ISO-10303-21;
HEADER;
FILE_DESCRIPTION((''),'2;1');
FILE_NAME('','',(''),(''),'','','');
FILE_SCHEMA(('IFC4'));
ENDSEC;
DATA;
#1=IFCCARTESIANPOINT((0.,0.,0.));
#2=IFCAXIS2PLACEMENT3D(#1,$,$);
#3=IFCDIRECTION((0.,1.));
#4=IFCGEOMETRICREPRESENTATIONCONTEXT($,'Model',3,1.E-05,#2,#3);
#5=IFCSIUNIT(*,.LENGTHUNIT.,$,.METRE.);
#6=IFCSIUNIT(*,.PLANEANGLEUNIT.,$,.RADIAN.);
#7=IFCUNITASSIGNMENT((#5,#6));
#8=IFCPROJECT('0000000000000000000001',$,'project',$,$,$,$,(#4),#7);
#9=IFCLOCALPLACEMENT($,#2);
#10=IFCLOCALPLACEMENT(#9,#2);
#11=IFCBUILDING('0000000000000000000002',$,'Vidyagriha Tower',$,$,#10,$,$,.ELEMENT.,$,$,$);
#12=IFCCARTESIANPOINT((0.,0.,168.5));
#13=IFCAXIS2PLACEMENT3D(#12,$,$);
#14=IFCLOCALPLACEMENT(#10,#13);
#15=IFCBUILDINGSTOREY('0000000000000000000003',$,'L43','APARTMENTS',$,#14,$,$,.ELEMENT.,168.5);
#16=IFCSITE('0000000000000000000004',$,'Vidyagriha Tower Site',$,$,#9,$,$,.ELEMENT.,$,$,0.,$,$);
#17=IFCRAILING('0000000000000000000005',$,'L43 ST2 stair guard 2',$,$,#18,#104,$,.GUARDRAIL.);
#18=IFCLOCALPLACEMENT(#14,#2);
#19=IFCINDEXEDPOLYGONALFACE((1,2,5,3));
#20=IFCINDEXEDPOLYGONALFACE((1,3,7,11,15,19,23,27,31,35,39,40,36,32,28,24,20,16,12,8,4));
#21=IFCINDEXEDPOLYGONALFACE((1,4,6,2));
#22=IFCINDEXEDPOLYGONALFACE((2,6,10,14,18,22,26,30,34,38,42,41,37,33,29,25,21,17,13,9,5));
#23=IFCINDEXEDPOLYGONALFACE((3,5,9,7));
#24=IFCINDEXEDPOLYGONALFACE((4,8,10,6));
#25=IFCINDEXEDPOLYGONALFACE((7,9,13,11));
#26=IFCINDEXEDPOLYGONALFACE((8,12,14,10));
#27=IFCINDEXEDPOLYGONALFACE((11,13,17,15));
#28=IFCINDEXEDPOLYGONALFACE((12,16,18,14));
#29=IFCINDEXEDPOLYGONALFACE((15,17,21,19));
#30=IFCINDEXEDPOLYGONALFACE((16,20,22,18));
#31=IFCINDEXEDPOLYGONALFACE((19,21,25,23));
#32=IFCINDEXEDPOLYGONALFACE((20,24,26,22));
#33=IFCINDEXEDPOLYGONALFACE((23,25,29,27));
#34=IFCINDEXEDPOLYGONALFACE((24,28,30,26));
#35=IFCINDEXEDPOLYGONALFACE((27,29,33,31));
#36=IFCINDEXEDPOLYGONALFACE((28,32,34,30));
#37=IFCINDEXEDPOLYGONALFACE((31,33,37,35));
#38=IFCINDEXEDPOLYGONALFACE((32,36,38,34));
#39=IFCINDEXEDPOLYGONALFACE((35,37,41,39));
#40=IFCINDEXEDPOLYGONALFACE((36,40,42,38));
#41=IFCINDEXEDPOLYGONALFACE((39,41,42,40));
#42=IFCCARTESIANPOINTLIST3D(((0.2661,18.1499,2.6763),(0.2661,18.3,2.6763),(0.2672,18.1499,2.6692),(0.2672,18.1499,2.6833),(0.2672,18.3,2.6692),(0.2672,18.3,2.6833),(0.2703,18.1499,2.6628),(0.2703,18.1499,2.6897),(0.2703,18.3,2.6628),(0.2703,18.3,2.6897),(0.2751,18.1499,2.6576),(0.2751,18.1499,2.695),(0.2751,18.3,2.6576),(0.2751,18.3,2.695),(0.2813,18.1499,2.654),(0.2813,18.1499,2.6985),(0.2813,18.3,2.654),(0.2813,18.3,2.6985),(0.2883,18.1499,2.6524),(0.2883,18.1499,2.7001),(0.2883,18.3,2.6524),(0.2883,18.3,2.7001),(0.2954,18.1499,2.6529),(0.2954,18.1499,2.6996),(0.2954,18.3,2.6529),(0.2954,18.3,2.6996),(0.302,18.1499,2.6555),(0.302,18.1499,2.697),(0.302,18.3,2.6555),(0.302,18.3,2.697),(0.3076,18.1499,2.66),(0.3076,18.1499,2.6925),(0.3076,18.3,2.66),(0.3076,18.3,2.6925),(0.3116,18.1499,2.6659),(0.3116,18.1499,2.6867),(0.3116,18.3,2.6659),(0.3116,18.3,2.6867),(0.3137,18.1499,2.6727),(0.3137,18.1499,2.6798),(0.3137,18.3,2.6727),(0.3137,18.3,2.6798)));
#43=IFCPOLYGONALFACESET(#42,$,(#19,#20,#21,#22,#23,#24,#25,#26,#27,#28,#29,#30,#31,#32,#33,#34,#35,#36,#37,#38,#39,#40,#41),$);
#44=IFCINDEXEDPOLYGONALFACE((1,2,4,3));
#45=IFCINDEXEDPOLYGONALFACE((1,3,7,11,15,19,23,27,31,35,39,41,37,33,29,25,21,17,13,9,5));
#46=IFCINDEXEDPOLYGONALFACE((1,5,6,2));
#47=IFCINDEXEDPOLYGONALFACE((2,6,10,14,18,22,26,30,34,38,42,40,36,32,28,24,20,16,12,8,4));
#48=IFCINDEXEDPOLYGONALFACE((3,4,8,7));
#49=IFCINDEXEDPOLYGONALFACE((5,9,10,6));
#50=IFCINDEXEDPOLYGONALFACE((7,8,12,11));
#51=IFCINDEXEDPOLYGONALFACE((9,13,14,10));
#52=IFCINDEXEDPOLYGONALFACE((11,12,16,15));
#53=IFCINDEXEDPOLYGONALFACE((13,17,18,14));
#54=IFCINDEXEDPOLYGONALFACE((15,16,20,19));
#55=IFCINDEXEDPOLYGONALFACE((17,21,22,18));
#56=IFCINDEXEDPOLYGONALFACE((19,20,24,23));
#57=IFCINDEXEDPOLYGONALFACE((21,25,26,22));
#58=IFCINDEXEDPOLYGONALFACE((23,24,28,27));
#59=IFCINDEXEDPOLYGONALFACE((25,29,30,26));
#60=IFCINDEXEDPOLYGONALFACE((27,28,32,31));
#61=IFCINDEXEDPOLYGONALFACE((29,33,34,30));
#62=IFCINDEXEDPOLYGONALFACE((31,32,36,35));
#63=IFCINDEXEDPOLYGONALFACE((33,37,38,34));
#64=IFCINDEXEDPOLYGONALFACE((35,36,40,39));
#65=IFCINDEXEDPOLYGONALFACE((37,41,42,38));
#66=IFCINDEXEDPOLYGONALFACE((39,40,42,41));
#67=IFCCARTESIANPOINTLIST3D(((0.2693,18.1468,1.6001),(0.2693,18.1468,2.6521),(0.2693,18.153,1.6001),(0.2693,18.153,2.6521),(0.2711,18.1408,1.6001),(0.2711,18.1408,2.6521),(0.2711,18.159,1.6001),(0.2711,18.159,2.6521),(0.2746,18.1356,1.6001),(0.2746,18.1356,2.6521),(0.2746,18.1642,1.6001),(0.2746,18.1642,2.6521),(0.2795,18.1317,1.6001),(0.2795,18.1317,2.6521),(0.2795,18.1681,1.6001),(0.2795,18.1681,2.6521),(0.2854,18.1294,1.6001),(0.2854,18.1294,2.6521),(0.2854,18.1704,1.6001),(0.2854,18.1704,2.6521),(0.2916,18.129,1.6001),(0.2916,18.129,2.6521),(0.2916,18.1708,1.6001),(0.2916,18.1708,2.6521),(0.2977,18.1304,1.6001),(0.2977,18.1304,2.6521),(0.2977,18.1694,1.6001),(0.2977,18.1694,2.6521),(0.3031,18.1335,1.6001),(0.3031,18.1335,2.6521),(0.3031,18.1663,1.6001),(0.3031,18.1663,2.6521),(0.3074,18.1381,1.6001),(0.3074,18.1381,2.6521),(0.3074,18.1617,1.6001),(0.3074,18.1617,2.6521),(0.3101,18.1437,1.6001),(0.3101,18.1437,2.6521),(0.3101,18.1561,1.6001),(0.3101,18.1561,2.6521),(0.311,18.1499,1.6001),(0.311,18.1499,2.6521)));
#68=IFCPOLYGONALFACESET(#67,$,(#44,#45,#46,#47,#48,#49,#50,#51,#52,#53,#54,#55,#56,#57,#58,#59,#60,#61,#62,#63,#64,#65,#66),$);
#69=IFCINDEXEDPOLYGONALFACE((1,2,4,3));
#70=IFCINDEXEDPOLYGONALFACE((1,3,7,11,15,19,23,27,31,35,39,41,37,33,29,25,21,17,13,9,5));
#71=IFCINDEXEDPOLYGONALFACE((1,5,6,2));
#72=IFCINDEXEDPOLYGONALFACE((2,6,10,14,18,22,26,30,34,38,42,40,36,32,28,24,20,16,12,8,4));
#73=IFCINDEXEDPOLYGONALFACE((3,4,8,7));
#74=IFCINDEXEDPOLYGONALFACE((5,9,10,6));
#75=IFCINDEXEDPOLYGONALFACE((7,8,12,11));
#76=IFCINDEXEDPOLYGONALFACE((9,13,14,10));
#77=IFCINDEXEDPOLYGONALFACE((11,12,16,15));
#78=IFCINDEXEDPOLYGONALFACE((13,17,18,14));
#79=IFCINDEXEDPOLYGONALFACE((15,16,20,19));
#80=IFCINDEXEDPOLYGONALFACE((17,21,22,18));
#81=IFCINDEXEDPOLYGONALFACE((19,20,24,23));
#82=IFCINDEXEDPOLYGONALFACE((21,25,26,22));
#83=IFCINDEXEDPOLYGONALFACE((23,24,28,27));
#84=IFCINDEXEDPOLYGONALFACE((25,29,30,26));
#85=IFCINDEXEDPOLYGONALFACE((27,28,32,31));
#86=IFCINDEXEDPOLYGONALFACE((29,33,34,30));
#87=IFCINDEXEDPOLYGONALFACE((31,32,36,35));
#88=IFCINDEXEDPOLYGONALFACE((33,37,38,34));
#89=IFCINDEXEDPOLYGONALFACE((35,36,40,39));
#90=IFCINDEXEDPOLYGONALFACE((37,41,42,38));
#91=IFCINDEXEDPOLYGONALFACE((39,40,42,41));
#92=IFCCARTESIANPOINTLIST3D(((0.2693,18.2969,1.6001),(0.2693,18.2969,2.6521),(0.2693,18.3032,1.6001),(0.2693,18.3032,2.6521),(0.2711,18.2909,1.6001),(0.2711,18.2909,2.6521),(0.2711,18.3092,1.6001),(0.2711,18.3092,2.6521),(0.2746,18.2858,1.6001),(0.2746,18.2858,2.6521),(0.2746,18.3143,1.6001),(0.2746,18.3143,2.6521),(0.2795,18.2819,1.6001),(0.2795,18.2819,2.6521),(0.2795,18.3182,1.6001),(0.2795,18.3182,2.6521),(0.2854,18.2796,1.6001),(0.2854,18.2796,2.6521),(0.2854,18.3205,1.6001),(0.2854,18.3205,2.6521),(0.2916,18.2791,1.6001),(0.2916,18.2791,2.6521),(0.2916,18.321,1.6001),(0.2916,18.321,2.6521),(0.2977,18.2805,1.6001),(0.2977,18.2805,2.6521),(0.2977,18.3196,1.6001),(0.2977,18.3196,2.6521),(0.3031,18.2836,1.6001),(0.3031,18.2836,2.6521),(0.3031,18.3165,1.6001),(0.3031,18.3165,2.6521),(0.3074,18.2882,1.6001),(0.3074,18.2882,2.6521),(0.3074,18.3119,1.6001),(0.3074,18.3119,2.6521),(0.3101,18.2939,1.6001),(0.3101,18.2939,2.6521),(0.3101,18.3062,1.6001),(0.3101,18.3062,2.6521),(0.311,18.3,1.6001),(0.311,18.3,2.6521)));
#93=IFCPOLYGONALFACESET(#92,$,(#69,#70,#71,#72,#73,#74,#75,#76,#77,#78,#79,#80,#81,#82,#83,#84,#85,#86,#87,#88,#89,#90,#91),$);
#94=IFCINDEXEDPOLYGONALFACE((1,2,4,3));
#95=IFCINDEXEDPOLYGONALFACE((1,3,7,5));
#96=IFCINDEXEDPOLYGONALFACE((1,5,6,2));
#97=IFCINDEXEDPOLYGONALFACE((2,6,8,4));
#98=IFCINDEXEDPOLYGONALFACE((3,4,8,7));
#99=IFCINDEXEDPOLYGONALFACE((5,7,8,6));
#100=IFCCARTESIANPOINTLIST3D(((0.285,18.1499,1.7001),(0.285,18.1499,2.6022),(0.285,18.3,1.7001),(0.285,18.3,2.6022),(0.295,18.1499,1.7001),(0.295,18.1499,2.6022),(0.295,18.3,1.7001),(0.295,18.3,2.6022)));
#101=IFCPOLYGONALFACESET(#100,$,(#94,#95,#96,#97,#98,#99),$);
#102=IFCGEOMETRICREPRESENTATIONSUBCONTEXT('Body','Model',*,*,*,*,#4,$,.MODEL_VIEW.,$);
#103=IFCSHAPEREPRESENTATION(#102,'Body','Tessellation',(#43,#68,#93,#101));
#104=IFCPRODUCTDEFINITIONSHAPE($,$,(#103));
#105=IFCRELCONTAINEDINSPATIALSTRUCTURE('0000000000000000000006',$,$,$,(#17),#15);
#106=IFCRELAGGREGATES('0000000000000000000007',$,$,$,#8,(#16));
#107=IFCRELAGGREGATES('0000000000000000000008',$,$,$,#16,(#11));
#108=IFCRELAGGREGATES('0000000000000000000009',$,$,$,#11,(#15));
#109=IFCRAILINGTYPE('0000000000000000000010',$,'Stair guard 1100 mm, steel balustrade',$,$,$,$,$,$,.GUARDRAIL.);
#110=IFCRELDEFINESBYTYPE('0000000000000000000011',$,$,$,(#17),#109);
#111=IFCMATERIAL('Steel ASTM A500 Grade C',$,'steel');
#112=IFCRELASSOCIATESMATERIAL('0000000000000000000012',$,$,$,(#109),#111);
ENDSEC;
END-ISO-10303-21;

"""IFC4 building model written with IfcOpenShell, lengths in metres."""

from ifc_helpers import new_model, si_unit, direction, frame, origin, origin_2d, place, context, subcontext, project, spatial, rectangle, circle, extrude, material, type_object, element, save


model = new_model("IFC4")

# Units and contexts
model_context = context("Model", 3, precision=1e-05, world=origin(), true_north=direction((0.0, 1.0)))
body_context = subcontext(model_context, "Body", "Model", "MODEL_VIEW")
ifc_project = project(units=[si_unit("LENGTHUNIT", "METRE"), si_unit("PLANEANGLEUNIT", "RADIAN")], contexts=[model_context])

# Site, building, storey
site_placement = place(None, origin())
site = spatial("IfcSite", under=ifc_project, at=site_placement, Name="Vidyagriha Tower Site", CompositionType="ELEMENT", RefElevation=0.0)
building_placement = place(site_placement, origin())
building = spatial("IfcBuilding", under=site, at=building_placement, Name="Vidyagriha Tower", CompositionType="ELEMENT")
storey_placement = place(building_placement, frame((0.0, 0.0, 168.5)))
storey = spatial("IfcBuildingStorey", under=building, at=storey_placement, Name="L43", Description="APARTMENTS", CompositionType="ELEMENT", Elevation=168.5)

# Railing
ifc_material_1 = material(Name="Steel ASTM A500 Grade C", Category="steel")
railing_type_1 = type_object("IfcRailingType", Name="Stair guard 1100 mm, steel balustrade", PredefinedType="GUARDRAIL", material=ifc_material_1)
railing_1_placement = place(storey_placement, frame((0.29, 18.1499, 1.6001)))
element("IfcRailing", 1, at=railing_1_placement, inside=storey, type_object=railing_type_1, Name="L43 ST2 stair guard 2", PredefinedType="GUARDRAIL", context=body_context, shape_type="SweptSolid", body=[
    extrude(circle(Radius=0.0239, at=origin_2d()), frame((0.0, 0.0, 1.0762), z_axis=(0.0, 1.0, 0.0), x_axis=(-1.0, 0.0, 0.0)), (0.0, 0.0, 1.0), 0.1501),
    extrude(circle(Radius=0.021, at=origin_2d()), origin(), (0.0, 0.0, 1.0), 1.052),
    extrude(circle(Radius=0.021, at=origin_2d()), frame((0.0, 0.1501, 0.0)), (0.0, 0.0, 1.0), 1.052),
    extrude(rectangle(XDim=0.01, YDim=0.9021, at=origin_2d()), frame((0.0, 0.0, 0.551), z_axis=(0.0, 1.0, 0.0), x_axis=(-1.0, 0.0, 0.0)), (0.0, 0.0, 1.0), 0.1501),
])

save(model, "model.ifc")
